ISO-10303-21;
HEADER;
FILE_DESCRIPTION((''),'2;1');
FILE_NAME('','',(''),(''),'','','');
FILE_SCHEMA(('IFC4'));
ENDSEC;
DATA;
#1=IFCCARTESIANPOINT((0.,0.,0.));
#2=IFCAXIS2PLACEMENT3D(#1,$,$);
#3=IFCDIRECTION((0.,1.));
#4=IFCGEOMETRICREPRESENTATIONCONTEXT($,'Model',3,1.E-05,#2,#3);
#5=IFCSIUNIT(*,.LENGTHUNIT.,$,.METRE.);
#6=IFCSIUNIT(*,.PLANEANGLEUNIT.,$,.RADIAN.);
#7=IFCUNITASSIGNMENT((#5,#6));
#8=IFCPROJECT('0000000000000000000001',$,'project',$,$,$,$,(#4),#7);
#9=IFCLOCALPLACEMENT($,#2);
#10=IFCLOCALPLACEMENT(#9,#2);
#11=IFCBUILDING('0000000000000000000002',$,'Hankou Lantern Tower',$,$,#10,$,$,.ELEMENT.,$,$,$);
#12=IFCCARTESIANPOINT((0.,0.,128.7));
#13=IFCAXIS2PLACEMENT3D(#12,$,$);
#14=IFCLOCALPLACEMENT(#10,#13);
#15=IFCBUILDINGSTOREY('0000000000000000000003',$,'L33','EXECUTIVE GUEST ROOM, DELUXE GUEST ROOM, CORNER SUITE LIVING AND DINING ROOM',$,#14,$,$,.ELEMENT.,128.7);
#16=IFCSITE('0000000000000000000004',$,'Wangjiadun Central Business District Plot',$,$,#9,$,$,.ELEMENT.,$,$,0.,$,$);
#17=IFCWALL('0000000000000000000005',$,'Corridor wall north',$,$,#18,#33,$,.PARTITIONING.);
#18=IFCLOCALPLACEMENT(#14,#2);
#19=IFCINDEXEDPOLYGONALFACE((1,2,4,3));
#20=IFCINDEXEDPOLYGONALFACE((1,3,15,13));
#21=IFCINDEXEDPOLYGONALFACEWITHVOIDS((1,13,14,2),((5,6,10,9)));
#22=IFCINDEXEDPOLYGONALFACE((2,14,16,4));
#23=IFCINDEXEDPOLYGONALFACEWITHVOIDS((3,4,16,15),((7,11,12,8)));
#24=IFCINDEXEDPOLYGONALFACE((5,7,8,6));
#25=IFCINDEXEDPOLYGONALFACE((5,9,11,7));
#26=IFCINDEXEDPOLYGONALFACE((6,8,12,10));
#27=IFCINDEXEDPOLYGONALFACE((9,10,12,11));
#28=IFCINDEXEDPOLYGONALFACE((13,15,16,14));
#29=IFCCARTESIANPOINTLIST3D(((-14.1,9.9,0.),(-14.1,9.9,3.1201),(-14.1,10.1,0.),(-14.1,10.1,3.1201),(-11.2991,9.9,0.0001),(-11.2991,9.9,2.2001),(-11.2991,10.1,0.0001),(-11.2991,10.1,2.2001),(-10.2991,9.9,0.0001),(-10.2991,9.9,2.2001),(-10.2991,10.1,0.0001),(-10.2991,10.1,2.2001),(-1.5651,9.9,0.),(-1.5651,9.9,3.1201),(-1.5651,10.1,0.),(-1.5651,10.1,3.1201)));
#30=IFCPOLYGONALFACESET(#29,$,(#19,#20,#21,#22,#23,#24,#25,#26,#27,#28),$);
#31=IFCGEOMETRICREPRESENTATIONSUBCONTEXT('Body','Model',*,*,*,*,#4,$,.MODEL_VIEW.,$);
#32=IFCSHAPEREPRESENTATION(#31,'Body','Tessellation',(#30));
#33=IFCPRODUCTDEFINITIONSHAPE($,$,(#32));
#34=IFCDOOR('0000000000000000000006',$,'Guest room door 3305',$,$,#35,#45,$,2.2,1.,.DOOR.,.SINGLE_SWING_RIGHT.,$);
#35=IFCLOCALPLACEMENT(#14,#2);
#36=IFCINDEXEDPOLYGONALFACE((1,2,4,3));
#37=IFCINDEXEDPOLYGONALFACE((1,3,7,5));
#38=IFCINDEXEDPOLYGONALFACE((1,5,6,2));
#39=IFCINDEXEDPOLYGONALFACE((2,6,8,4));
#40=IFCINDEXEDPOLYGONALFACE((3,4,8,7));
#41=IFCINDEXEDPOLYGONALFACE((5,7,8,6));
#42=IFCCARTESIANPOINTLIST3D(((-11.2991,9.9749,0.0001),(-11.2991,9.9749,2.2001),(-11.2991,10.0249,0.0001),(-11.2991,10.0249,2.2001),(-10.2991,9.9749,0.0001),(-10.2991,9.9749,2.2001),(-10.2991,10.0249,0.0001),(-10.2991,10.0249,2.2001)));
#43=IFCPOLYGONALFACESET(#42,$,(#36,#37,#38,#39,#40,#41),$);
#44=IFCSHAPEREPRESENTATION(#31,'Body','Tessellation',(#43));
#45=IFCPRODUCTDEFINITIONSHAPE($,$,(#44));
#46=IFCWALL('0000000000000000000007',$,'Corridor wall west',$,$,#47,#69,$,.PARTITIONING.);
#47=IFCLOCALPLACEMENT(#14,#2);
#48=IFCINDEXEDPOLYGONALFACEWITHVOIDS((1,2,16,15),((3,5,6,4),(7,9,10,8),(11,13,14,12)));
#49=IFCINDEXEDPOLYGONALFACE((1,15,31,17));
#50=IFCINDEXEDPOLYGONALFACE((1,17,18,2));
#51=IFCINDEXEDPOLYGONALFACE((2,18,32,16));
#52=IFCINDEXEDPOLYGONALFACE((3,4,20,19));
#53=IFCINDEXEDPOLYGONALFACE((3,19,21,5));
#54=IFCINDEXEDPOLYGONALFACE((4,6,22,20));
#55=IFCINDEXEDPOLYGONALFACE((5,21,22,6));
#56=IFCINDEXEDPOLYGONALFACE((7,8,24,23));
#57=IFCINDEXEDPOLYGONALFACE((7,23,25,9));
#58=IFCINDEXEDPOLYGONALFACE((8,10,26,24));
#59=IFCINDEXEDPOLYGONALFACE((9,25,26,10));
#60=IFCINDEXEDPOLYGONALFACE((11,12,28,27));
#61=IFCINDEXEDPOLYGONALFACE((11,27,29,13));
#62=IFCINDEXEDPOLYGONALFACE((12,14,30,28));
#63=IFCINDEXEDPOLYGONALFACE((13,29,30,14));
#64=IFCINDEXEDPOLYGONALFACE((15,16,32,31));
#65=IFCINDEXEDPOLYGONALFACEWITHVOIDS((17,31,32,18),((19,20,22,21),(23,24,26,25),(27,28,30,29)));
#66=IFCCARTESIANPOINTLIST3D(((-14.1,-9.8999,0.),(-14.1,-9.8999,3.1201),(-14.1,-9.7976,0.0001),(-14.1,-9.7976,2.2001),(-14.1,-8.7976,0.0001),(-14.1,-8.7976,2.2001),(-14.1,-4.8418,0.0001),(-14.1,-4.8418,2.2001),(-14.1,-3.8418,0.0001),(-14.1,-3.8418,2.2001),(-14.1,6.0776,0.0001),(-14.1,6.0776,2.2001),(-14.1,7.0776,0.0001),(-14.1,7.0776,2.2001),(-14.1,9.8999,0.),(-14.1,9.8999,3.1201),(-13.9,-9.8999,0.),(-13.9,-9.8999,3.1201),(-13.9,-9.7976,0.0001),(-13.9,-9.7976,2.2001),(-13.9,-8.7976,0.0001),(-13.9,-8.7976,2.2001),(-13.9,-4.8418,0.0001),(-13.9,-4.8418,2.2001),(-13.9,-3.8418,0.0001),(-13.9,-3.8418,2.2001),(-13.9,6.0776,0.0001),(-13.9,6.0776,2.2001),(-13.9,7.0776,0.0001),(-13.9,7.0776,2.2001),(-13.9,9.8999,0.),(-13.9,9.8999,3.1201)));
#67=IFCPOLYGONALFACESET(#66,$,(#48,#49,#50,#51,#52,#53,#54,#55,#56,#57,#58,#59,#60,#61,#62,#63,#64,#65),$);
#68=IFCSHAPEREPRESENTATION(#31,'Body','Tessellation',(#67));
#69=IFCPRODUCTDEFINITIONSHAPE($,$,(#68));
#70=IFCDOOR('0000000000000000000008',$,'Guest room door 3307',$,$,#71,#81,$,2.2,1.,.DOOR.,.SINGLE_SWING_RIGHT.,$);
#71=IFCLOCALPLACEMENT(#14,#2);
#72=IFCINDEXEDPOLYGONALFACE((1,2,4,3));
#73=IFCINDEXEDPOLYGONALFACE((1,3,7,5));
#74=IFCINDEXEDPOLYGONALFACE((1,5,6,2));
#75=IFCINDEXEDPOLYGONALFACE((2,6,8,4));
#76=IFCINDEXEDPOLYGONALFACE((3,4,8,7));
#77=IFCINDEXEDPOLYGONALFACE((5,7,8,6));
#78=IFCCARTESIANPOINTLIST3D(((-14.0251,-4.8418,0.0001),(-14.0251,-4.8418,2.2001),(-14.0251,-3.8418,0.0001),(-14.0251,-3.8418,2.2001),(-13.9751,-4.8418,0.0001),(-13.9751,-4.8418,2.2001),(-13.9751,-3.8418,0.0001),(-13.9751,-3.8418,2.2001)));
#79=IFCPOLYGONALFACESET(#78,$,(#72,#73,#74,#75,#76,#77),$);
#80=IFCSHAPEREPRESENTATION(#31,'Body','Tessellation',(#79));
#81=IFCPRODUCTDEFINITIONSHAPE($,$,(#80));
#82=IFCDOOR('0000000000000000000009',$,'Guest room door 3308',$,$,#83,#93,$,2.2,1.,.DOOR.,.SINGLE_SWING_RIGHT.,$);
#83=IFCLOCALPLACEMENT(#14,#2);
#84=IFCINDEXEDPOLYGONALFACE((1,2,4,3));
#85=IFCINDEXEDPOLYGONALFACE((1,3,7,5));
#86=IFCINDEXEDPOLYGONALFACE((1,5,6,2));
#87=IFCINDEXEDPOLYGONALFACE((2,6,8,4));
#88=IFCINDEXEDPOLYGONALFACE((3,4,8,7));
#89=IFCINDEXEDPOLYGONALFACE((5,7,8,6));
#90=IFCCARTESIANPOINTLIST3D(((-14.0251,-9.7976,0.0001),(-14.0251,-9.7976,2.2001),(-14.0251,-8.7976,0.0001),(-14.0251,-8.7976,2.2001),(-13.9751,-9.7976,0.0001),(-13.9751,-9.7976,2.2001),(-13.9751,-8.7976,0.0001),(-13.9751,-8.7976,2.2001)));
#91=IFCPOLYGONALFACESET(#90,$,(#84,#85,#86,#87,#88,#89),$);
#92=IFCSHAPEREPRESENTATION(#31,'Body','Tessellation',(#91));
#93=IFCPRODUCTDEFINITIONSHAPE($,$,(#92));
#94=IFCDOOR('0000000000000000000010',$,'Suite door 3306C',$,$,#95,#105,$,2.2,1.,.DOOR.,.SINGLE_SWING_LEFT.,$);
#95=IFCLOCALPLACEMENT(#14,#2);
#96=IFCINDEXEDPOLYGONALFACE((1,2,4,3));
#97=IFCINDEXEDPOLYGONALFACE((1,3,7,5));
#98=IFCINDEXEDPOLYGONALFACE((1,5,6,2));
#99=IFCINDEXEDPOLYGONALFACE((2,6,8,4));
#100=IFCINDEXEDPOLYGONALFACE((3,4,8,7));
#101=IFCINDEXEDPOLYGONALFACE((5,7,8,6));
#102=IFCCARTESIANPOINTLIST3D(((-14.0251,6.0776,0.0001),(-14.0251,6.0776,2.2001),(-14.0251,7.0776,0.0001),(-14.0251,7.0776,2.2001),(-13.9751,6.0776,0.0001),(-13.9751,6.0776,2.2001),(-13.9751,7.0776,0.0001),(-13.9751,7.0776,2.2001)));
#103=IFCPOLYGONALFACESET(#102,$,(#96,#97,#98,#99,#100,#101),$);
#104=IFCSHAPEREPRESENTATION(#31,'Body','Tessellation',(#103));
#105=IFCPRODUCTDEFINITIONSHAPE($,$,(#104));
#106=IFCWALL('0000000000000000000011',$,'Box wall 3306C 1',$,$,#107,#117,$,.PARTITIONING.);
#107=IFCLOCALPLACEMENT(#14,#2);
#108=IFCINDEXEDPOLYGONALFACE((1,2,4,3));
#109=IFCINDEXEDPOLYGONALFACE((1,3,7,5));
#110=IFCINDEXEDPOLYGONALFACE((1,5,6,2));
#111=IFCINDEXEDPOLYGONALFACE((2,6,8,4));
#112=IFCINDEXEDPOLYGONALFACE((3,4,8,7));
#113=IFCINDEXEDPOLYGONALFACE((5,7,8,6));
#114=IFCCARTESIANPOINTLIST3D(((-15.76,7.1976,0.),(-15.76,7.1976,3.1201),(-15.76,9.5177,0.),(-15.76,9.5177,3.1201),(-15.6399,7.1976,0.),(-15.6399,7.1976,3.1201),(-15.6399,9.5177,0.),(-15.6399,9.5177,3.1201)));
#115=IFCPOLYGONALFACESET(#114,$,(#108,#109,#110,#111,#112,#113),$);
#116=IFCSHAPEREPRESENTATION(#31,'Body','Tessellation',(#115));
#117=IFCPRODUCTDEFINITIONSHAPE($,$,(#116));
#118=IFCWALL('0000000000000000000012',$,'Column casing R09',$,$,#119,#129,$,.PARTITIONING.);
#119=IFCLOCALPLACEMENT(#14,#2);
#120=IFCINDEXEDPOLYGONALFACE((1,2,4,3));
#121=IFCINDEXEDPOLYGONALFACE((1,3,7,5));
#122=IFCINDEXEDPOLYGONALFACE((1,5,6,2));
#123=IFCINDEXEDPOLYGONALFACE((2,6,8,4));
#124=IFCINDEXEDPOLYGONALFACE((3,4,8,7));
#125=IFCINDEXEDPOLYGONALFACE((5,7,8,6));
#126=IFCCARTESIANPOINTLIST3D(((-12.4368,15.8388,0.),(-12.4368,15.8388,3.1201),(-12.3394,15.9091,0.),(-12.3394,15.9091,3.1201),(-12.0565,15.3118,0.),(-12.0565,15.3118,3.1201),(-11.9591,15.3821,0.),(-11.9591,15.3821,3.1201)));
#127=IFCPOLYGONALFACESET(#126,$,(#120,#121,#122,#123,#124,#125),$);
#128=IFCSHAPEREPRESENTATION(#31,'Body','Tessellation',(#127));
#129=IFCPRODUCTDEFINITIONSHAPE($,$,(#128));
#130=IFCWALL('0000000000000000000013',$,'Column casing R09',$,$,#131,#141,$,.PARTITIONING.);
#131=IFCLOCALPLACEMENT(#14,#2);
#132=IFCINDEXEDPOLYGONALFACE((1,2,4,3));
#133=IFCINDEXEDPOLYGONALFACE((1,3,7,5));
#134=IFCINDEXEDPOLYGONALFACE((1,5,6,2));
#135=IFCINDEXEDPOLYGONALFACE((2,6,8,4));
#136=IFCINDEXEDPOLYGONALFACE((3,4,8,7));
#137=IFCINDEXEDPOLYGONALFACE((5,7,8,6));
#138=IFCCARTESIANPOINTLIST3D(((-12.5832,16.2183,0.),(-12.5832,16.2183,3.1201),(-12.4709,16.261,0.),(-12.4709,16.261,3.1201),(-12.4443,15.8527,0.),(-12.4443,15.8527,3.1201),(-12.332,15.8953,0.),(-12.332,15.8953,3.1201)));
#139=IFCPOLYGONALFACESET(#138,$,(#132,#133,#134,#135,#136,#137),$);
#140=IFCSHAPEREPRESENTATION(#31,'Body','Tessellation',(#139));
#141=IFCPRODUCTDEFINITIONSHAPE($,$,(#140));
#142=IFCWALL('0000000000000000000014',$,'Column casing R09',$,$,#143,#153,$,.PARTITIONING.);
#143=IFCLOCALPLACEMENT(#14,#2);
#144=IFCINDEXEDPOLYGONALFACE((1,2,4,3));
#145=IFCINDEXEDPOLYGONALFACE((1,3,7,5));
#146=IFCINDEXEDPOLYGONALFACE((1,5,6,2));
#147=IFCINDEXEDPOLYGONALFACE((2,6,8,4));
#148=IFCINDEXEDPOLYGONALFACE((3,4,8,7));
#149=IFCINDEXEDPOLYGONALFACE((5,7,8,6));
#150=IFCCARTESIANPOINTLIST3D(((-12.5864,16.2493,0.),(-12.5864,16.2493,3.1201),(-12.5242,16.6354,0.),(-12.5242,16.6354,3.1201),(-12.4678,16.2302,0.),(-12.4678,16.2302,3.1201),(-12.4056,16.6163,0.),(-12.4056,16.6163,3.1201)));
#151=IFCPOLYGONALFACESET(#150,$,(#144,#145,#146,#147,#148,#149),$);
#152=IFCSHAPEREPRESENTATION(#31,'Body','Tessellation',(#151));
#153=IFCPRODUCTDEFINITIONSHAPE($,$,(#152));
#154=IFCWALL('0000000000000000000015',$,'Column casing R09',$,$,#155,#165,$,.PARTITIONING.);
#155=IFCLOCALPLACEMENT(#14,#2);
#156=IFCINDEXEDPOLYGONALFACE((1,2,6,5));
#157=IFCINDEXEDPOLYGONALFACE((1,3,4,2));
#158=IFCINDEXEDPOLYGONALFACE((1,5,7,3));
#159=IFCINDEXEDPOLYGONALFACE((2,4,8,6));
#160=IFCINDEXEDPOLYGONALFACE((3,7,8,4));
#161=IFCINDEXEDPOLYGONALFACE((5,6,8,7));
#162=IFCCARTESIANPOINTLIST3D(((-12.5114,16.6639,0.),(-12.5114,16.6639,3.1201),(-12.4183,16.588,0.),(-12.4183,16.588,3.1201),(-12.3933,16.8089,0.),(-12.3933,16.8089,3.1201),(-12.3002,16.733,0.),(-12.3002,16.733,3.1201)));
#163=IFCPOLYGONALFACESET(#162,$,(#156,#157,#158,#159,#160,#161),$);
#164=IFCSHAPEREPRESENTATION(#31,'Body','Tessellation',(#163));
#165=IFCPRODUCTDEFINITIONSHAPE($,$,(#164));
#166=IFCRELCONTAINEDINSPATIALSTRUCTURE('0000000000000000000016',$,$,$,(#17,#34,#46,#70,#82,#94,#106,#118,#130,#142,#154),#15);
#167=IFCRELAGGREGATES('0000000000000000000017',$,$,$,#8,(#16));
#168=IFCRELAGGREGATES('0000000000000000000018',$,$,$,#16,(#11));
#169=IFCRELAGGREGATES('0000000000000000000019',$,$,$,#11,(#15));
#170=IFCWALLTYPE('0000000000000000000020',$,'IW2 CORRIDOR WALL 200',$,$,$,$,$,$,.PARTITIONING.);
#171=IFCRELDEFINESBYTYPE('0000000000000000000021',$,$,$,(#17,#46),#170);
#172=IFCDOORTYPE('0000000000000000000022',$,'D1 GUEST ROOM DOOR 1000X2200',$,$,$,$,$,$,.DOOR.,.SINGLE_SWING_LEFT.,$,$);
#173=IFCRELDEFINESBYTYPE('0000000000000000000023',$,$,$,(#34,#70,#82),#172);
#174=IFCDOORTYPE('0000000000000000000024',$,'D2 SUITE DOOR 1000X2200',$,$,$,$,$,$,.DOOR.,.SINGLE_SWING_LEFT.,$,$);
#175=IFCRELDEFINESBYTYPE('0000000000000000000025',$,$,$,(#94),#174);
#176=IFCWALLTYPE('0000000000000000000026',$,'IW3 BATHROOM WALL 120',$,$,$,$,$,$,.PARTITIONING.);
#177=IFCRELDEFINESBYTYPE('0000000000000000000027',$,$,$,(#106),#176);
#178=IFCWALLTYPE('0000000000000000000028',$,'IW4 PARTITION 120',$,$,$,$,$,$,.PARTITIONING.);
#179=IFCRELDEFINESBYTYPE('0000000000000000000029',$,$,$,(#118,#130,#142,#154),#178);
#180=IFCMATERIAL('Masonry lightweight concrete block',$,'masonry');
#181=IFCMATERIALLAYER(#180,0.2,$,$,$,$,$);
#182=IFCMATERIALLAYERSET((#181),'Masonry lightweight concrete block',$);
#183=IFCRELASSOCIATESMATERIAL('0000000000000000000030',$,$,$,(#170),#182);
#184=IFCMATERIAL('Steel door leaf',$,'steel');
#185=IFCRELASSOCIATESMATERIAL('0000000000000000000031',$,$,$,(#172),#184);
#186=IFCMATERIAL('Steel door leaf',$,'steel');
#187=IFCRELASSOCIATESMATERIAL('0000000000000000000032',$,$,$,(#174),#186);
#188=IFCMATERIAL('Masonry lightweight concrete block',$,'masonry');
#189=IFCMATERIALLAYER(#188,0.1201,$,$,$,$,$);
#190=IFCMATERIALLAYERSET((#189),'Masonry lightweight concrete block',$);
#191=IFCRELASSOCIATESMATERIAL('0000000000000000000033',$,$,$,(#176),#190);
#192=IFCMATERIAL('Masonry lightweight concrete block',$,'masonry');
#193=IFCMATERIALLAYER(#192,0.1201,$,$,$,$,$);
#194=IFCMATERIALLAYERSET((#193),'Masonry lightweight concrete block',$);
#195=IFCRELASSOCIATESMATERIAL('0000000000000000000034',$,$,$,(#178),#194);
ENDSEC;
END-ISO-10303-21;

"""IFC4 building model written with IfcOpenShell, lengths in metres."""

from ifc_helpers import new_model, si_unit, direction, frame, frame_2d, origin, place, context, subcontext, project, spatial, rectangle, extrude, material, layer, layer_set, type_object, element, fill, save


model = new_model("IFC4")

# Units and contexts
model_context = context("Model", 3, precision=1e-05, world=origin(), true_north=direction((0.0, 1.0)))
body_context = subcontext(model_context, "Body", "Model", "MODEL_VIEW")
ifc_project = project(units=[si_unit("LENGTHUNIT", "METRE"), si_unit("PLANEANGLEUNIT", "RADIAN")], contexts=[model_context])

# Site, building, storey
site_placement = place(None, origin())
site = spatial("IfcSite", under=ifc_project, at=site_placement, Name="Wangjiadun Central Business District Plot", CompositionType="ELEMENT", RefElevation=0.0)
building_placement = place(site_placement, origin())
building = spatial("IfcBuilding", under=site, at=building_placement, Name="Hankou Lantern Tower", CompositionType="ELEMENT")
storey_placement = place(building_placement, frame((0.0, 0.0, 128.7)))
storey = spatial("IfcBuildingStorey", under=building, at=storey_placement, Name="L33", Description="EXECUTIVE GUEST ROOM, DELUXE GUEST ROOM, CORNER SUITE LIVING AND DINING ROOM", CompositionType="ELEMENT", Elevation=128.7)

# Wall, opening, door
ifc_material_1 = material(Name="Masonry lightweight concrete block", Category="masonry")
ifc_layer_1 = layer(ifc_material_1, 0.2)
ifc_layer_set_1 = layer_set([ifc_layer_1], Name="Masonry lightweight concrete block")
wall_type_1 = type_object("IfcWallType", Name="IW2 CORRIDOR WALL 200", PredefinedType="PARTITIONING", material=ifc_layer_set_1)
wall_1_placement = place(storey_placement, frame((-14.1001, 10.0, 0.0), z_axis=(0.0, 0.0, 1.0), x_axis=(1.0, 0.0, 0.0)))
wall_1 = element("IfcWall", 1, at=wall_1_placement, inside=storey, type_object=wall_type_1, Name="Corridor wall north", PredefinedType="PARTITIONING", context=body_context, shape_type="SweptSolid", body=[
    extrude(rectangle(XDim=12.5349, YDim=0.2, at=frame_2d((6.2676, 0.0))), origin(), (0.0, 0.0, 1.0), 3.1201),
])
opening_1_placement = place(wall_1_placement, frame((2.801, 0.0, 0.0)))
opening_1 = element("IfcOpeningElement", 2, at=opening_1_placement, cuts=wall_1, PredefinedType="OPENING", context=body_context, shape_type="SweptSolid", body=[
    extrude(rectangle(XDim=1.0, YDim=2.2, at=frame_2d((0.5, 1.1001))), frame((0.0, 0.1099, 0.0), z_axis=(0.0, -1.0, 0.0), x_axis=(1.0, 0.0, 0.0)), (0.0, 0.0, 1.0), 0.22),
])
ifc_material_2 = material(Name="Steel door leaf", Category="steel")
door_type_1 = type_object("IfcDoorType", Name="D1 GUEST ROOM DOOR 1000X2200", OperationType="SINGLE_SWING_LEFT", PredefinedType="DOOR", material=ifc_material_2)
door_1_placement = place(opening_1_placement, origin())
door_1 = element("IfcDoor", 3, at=door_1_placement, inside=storey, type_object=door_type_1, Name="Guest room door 3305", OperationType="SINGLE_SWING_RIGHT", OverallHeight=2.2, OverallWidth=1.0, PredefinedType="DOOR", context=body_context, shape_type="SweptSolid", body=[
    extrude(rectangle(XDim=1.0, YDim=2.2, at=frame_2d((0.5, 1.1001))), frame((0.0, 0.0249, 0.0), z_axis=(0.0, -1.0, 0.0), x_axis=(1.0, 0.0, 0.0)), (0.0, 0.0, 1.0), 0.05),
])
fill(opening_1, door_1)

# Wall, openings, doors
wall_2_placement = place(storey_placement, frame((-14.0, 9.8999, 0.0), z_axis=(0.0, 0.0, 1.0), x_axis=(0.0, -1.0, 0.0)))
wall_2 = element("IfcWall", 4, at=wall_2_placement, inside=storey, type_object=wall_type_1, Name="Corridor wall west", PredefinedType="PARTITIONING", context=body_context, shape_type="SweptSolid", body=[
    extrude(rectangle(XDim=19.7998, YDim=0.2, at=frame_2d((9.8999, 0.0))), origin(), (0.0, 0.0, 1.0), 3.1201),
])
opening_2_placement = place(wall_2_placement, frame((2.8223, 0.0, 0.0)))
opening_2 = element("IfcOpeningElement", 5, at=opening_2_placement, cuts=wall_2, PredefinedType="OPENING", context=body_context, shape_type="SweptSolid", body=[
    extrude(rectangle(XDim=1.0, YDim=2.2, at=frame_2d((0.5, 1.1001))), frame((0.0, 0.1099, 0.0), z_axis=(0.0, -1.0, 0.0), x_axis=(1.0, 0.0, 0.0)), (0.0, 0.0, 1.0), 0.22),
])
opening_3_placement = place(wall_2_placement, frame((13.7417, 0.0, 0.0)))
opening_3 = element("IfcOpeningElement", 6, at=opening_3_placement, cuts=wall_2, PredefinedType="OPENING", context=body_context, shape_type="SweptSolid", body=[
    extrude(rectangle(XDim=1.0, YDim=2.2, at=frame_2d((0.5, 1.1001))), frame((0.0, 0.1099, 0.0), z_axis=(0.0, -1.0, 0.0), x_axis=(1.0, 0.0, 0.0)), (0.0, 0.0, 1.0), 0.22),
])
opening_4_placement = place(wall_2_placement, frame((18.6975, 0.0, 0.0)))
opening_4 = element("IfcOpeningElement", 7, at=opening_4_placement, cuts=wall_2, PredefinedType="OPENING", context=body_context, shape_type="SweptSolid", body=[
    extrude(rectangle(XDim=1.0, YDim=2.2, at=frame_2d((0.5, 1.1001))), frame((0.0, 0.1099, 0.0), z_axis=(0.0, -1.0, 0.0), x_axis=(1.0, 0.0, 0.0)), (0.0, 0.0, 1.0), 0.22),
])
door_2_placement = place(opening_3_placement, origin())
door_2 = element("IfcDoor", 8, at=door_2_placement, inside=storey, type_object=door_type_1, Name="Guest room door 3307", OperationType="SINGLE_SWING_RIGHT", OverallHeight=2.2, OverallWidth=1.0, PredefinedType="DOOR", context=body_context, shape_type="SweptSolid", body=[
    extrude(rectangle(XDim=1.0, YDim=2.2, at=frame_2d((0.5, 1.1001))), frame((0.0, 0.0249, 0.0), z_axis=(0.0, -1.0, 0.0), x_axis=(1.0, 0.0, 0.0)), (0.0, 0.0, 1.0), 0.05),
])
fill(opening_3, door_2)
door_3_placement = place(opening_4_placement, origin())
door_3 = element("IfcDoor", 9, at=door_3_placement, inside=storey, type_object=door_type_1, Name="Guest room door 3308", OperationType="SINGLE_SWING_RIGHT", OverallHeight=2.2, OverallWidth=1.0, PredefinedType="DOOR", context=body_context, shape_type="SweptSolid", body=[
    extrude(rectangle(XDim=1.0, YDim=2.2, at=frame_2d((0.5, 1.1001))), frame((0.0, 0.0249, 0.0), z_axis=(0.0, -1.0, 0.0), x_axis=(1.0, 0.0, 0.0)), (0.0, 0.0, 1.0), 0.05),
])
fill(opening_4, door_3)
ifc_material_3 = material(Name="Steel door leaf", Category="steel")
door_type_2 = type_object("IfcDoorType", Name="D2 SUITE DOOR 1000X2200", OperationType="SINGLE_SWING_LEFT", PredefinedType="DOOR", material=ifc_material_3)
door_4_placement = place(opening_2_placement, origin())
door_4 = element("IfcDoor", 10, at=door_4_placement, inside=storey, type_object=door_type_2, Name="Suite door 3306C", OperationType="SINGLE_SWING_LEFT", OverallHeight=2.2, OverallWidth=1.0, PredefinedType="DOOR", context=body_context, shape_type="SweptSolid", body=[
    extrude(rectangle(XDim=1.0, YDim=2.2, at=frame_2d((0.5, 1.1001))), frame((0.0, 0.0249, 0.0), z_axis=(0.0, -1.0, 0.0), x_axis=(1.0, 0.0, 0.0)), (0.0, 0.0, 1.0), 0.05),
])
fill(opening_2, door_4)

# Walls
ifc_material_4 = material(Name="Masonry lightweight concrete block", Category="masonry")
ifc_layer_2 = layer(ifc_material_4, 0.1201)
ifc_layer_set_2 = layer_set([ifc_layer_2], Name="Masonry lightweight concrete block")
wall_type_2 = type_object("IfcWallType", Name="IW3 BATHROOM WALL 120", PredefinedType="PARTITIONING", material=ifc_layer_set_2)
wall_3_placement = place(storey_placement, frame((-15.7, 9.5178, 0.0), z_axis=(0.0, 0.0, 1.0), x_axis=(0.0, -1.0, 0.0)))
element("IfcWall", 11, at=wall_3_placement, inside=storey, type_object=wall_type_2, Name="Box wall 3306C 1", PredefinedType="PARTITIONING", context=body_context, shape_type="SweptSolid", body=[
    extrude(rectangle(XDim=2.3201, YDim=0.1201, at=frame_2d((1.1602, 0.0))), origin(), (0.0, 0.0, 1.0), 3.1201),
])
ifc_material_5 = material(Name="Masonry lightweight concrete block", Category="masonry")
ifc_layer_3 = layer(ifc_material_5, 0.1201)
ifc_layer_set_3 = layer_set([ifc_layer_3], Name="Masonry lightweight concrete block")
wall_type_3 = type_object("IfcWallType", Name="IW4 PARTITION 120", PredefinedType="PARTITIONING", material=ifc_layer_set_3)
wall_4_placement = place(storey_placement, frame((-12.0078, 15.3469, 0.0), z_axis=(0.0, 0.0, 1.0), x_axis=(-0.585175, 0.810907, 0.0)))
element("IfcWall", 12, at=wall_4_placement, inside=storey, type_object=wall_type_3, Name="Column casing R09", PredefinedType="PARTITIONING", context=body_context, shape_type="SweptSolid", body=[
    extrude(rectangle(XDim=0.6499, YDim=0.1201, at=frame_2d((0.325, 0.0))), origin(), (0.0, 0.0, 1.0), 3.1201),
])
for number, where, z_axis, x_axis, name in (
    (13, (-12.3882, 15.874, 0.0), (0.0, 0.0, 1.0), (-0.355087, 0.934833, 0.0), "Column casing R09"),
    (14, (-12.5271, 16.2397, 0.0), (0.0, 0.0, 1.0), (0.159134, 0.987257, 0.0), "Column casing R09"),
):
    element("IfcWall", number, at=place(storey_placement, frame(where, z_axis=z_axis, x_axis=x_axis)), inside=storey, type_object=wall_type_3, Name=name, PredefinedType="PARTITIONING", context=body_context, shape_type="SweptSolid", body=[
        extrude(rectangle(XDim=0.3911, YDim=0.1201, at=frame_2d((0.1956, 0.0))), origin(), (0.0, 0.0, 1.0), 3.1201),
    ])
wall_5_placement = place(storey_placement, frame((-12.4648, 16.626, 0.0), z_axis=(0.0, 0.0, 1.0), x_axis=(0.631673, 0.775235, 0.0)))
element("IfcWall", 15, at=wall_5_placement, inside=storey, type_object=wall_type_3, Name="Column casing R09", PredefinedType="PARTITIONING", context=body_context, shape_type="SweptSolid", body=[
    extrude(rectangle(XDim=0.187, YDim=0.1201, at=frame_2d((0.0935, 0.0))), origin(), (0.0, 0.0, 1.0), 3.1201),
])

save(model, "model.ifc")
